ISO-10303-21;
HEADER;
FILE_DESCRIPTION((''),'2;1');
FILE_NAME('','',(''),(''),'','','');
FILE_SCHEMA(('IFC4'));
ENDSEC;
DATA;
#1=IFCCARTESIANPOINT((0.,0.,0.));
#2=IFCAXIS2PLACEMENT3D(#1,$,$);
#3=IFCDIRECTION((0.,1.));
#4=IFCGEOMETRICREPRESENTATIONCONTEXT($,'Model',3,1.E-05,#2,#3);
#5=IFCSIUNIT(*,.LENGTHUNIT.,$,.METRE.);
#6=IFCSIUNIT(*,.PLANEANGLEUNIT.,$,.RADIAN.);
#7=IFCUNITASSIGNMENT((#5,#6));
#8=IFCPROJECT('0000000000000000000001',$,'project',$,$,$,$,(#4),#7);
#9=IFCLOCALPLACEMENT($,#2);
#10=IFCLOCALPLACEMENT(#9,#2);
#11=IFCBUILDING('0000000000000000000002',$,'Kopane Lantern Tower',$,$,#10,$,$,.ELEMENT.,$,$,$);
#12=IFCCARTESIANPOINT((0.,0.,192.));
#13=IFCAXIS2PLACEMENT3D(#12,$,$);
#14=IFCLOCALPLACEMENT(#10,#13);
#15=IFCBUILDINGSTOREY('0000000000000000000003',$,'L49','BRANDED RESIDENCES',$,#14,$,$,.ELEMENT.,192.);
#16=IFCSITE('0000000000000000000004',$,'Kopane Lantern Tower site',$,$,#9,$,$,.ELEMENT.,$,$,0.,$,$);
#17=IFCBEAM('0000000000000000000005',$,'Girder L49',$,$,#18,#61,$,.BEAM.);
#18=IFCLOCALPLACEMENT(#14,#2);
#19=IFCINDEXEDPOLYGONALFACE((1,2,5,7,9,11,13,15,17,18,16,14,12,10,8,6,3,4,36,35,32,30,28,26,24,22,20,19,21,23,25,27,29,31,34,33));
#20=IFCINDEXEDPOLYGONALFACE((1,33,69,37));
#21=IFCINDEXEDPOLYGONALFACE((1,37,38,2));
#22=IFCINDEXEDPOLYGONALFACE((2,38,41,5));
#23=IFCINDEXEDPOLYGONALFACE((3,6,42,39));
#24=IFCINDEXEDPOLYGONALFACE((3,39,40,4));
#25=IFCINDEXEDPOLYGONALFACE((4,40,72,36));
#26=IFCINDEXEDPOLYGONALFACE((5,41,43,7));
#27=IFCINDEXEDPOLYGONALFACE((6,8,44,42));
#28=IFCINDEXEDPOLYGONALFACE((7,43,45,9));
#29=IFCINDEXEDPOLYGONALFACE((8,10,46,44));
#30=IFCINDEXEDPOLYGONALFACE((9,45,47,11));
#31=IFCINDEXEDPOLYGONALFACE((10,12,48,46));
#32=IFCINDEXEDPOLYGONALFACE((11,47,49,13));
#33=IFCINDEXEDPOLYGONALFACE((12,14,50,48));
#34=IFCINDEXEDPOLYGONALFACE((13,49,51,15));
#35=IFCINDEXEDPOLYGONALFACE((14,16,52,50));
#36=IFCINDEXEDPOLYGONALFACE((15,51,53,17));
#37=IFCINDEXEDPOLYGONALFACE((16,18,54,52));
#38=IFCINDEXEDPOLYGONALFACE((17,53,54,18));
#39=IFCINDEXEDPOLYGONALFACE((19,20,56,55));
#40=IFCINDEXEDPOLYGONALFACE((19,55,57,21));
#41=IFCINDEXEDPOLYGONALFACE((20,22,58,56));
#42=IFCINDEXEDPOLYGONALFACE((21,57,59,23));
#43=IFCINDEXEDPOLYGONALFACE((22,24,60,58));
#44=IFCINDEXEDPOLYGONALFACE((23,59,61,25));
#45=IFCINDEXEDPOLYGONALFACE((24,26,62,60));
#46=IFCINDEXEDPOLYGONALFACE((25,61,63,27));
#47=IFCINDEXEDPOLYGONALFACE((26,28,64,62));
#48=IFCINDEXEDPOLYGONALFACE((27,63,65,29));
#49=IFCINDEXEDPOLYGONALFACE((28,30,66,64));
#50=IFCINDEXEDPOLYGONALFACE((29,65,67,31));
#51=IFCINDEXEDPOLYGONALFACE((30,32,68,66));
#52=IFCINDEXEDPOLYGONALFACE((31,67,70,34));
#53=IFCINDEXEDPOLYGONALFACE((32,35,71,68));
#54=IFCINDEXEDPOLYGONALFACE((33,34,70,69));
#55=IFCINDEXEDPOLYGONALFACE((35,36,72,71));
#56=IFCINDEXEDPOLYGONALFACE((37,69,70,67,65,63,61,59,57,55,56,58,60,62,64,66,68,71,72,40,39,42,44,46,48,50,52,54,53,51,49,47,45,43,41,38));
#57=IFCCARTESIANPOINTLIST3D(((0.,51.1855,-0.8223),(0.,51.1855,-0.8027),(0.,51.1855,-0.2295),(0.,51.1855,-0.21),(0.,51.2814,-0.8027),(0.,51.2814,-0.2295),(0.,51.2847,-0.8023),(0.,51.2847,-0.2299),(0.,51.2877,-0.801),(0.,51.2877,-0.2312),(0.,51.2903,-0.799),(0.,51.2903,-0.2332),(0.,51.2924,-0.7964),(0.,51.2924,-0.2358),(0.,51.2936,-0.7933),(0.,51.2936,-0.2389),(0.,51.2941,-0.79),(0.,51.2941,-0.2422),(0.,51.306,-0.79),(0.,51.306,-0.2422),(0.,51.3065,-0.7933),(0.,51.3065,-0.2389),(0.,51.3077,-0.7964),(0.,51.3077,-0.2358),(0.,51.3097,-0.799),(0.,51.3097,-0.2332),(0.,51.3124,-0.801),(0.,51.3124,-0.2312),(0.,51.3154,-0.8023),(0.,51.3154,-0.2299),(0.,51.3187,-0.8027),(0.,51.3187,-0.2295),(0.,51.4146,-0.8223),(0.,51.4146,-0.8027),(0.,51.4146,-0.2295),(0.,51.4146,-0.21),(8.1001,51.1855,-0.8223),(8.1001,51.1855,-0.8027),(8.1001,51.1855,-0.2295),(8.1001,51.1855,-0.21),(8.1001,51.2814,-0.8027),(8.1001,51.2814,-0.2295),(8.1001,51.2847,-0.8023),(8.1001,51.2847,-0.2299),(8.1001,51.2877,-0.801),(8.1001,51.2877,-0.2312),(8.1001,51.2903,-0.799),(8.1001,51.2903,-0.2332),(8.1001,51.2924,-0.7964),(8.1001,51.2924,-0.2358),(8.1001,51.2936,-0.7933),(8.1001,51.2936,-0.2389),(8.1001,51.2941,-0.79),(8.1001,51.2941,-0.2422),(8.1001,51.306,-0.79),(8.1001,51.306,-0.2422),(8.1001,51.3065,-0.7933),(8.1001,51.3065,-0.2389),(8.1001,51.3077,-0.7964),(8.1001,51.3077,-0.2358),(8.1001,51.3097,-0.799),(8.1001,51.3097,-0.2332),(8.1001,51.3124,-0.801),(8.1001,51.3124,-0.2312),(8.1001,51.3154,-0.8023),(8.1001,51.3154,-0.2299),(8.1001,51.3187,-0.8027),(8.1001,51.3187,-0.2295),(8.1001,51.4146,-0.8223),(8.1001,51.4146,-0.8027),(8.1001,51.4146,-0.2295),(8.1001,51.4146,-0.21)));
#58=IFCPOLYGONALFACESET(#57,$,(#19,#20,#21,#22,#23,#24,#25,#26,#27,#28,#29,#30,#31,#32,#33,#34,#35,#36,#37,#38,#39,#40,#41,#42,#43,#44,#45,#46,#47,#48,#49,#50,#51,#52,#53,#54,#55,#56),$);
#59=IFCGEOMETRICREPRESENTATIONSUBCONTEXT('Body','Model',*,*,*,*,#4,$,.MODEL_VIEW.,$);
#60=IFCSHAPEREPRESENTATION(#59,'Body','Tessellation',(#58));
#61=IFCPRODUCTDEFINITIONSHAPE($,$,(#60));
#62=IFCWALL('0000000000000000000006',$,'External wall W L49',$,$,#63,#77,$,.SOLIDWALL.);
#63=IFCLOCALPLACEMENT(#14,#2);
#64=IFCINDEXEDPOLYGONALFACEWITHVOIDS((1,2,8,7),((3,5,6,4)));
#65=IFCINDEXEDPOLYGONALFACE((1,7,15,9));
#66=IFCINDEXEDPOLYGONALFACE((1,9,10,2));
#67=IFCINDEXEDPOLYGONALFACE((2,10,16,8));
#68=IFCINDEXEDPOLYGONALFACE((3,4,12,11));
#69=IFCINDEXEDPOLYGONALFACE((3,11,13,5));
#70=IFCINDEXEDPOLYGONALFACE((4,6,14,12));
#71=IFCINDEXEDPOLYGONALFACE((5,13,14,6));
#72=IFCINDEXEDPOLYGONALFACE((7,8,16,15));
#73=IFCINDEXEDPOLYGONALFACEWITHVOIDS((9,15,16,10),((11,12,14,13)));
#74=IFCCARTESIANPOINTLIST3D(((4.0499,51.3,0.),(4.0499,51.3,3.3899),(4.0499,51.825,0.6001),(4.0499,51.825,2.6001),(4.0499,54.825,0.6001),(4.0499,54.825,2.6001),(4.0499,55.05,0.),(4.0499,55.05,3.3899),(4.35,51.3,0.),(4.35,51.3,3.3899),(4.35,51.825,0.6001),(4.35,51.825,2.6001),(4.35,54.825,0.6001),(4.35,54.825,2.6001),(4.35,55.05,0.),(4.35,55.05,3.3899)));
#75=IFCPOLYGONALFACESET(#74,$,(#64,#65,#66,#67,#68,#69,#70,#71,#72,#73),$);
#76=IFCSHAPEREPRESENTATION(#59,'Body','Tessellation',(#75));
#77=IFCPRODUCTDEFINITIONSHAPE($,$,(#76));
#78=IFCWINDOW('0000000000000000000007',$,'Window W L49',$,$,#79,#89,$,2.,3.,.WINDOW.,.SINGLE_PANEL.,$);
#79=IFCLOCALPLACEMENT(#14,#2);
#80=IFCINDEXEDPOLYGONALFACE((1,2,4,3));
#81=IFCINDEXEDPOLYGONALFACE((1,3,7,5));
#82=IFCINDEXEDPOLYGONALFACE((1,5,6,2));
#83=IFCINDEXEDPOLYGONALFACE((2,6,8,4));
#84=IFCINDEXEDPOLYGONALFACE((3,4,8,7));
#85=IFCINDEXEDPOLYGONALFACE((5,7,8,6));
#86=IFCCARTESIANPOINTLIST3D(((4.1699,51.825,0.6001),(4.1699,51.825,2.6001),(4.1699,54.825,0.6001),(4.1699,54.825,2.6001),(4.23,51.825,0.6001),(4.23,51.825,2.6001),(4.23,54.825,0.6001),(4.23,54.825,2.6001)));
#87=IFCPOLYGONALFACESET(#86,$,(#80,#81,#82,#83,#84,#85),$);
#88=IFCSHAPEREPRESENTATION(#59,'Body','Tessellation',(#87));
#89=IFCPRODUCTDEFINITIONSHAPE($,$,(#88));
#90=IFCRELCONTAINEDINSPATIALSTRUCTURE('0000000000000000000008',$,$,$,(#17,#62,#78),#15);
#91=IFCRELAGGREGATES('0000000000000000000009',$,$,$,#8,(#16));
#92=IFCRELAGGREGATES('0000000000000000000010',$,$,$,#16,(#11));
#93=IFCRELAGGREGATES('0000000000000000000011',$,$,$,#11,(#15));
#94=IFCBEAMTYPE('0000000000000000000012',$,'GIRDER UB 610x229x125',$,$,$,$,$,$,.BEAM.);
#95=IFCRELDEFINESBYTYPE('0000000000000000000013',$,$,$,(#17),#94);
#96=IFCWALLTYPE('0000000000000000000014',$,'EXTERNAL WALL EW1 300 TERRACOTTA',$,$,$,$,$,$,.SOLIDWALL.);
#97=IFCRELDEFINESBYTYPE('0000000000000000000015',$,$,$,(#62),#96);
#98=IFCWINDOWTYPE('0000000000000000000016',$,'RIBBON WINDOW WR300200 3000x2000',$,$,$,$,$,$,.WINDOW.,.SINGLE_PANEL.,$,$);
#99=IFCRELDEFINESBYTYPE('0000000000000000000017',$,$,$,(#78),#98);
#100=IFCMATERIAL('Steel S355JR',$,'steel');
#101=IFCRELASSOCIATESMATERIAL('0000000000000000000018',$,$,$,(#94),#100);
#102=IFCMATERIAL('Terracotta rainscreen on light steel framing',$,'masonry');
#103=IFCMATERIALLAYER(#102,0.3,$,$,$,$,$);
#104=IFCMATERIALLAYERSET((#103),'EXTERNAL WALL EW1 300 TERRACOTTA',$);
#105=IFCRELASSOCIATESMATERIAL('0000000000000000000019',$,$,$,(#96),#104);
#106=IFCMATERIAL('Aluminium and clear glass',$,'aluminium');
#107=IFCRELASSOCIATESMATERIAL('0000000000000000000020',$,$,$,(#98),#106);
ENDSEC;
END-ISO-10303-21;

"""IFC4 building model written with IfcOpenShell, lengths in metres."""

from ifc_helpers import new_model, si_unit, direction, frame, frame_2d, origin, origin_2d, place, context, subcontext, project, spatial, rectangle, i_section, extrude, material, layer, layer_set, material_profile, profile_set, type_object, element, fill, save


model = new_model("IFC4")

# Units and contexts
model_context = context("Model", 3, precision=1e-05, world=origin(), true_north=direction((0.0, 1.0)))
body_context = subcontext(model_context, "Body", "Model", "MODEL_VIEW")
ifc_project = project(units=[si_unit("LENGTHUNIT", "METRE"), si_unit("PLANEANGLEUNIT", "RADIAN")], contexts=[model_context])

# Site, building, storey
site_placement = place(None, origin())
site = spatial("IfcSite", under=ifc_project, at=site_placement, Name="Kopane Lantern Tower site", CompositionType="ELEMENT", RefElevation=0.0)
building_placement = place(site_placement, origin())
building = spatial("IfcBuilding", under=site, at=building_placement, Name="Kopane Lantern Tower", CompositionType="ELEMENT")
storey_placement = place(building_placement, frame((0.0, 0.0, 192.0)))
storey = spatial("IfcBuildingStorey", under=building, at=storey_placement, Name="L49", Description="BRANDED RESIDENCES", CompositionType="ELEMENT", Elevation=192.0)

# Beam
ifc_material_1 = material(Name="Steel S355JR", Category="steel")
ifc_material_profile_1 = material_profile(ifc_material_1, i_section(OverallWidth=0.229, OverallDepth=0.6123, WebThickness=0.012, FlangeThickness=0.0195, FilletRadius=0.0127, at=origin_2d()), Name="UB 610x229x125")
ifc_profile_set_1 = profile_set([ifc_material_profile_1], Name="Steel S355JR")
beam_type_1 = type_object("IfcBeamType", Name="GIRDER UB 610x229x125", PredefinedType="BEAM", material=ifc_profile_set_1)
beam_1_placement = place(storey_placement, frame((0.0, 51.3, -0.5161), z_axis=(1.0, 0.0, 0.0), x_axis=(0.0, 1.0, 0.0)))
element("IfcBeam", 1, at=beam_1_placement, inside=storey, type_object=beam_type_1, Name="Girder L49", PredefinedType="BEAM", context=body_context, shape_type="SweptSolid", body=[
    extrude(i_section(OverallWidth=0.229, OverallDepth=0.6123, WebThickness=0.012, FlangeThickness=0.0195, FilletRadius=0.0127, at=origin_2d()), origin(), (0.0, 0.0, 1.0), 8.1001),
])

# Wall, opening, window
ifc_material_2 = material(Name="Terracotta rainscreen on light steel framing", Category="masonry")
ifc_layer = layer(ifc_material_2, 0.3)
ifc_layer_set = layer_set([ifc_layer], Name="EXTERNAL WALL EW1 300 TERRACOTTA")
wall_type = type_object("IfcWallType", Name="EXTERNAL WALL EW1 300 TERRACOTTA", PredefinedType="SOLIDWALL", material=ifc_layer_set)
wall_placement = place(storey_placement, frame((4.2, 55.05, 0.0), z_axis=(0.0, 0.0, 1.0), x_axis=(0.0, -1.0, 0.0)))
wall = element("IfcWall", 2, at=wall_placement, inside=storey, type_object=wall_type, Name="External wall W L49", PredefinedType="SOLIDWALL", context=body_context, shape_type="SweptSolid", body=[
    extrude(rectangle(XDim=3.75, YDim=0.3, at=frame_2d((1.875, 0.0))), origin(), (0.0, 0.0, 1.0), 3.3899),
])
opening_placement = place(wall_placement, frame((0.2251, 0.0, 0.6001)))
opening = element("IfcOpeningElement", 3, at=opening_placement, cuts=wall, PredefinedType="OPENING", context=body_context, shape_type="SweptSolid", body=[
    extrude(rectangle(XDim=3.0, YDim=2.0, at=frame_2d((1.5, 1.0))), frame((0.0, 0.1599, 0.0), z_axis=(0.0, -1.0, 0.0), x_axis=(1.0, 0.0, 0.0)), (0.0, 0.0, 1.0), 0.3201),
])
ifc_material_3 = material(Name="Aluminium and clear glass", Category="aluminium")
window_type = type_object("IfcWindowType", Name="RIBBON WINDOW WR300200 3000x2000", PartitioningType="SINGLE_PANEL", PredefinedType="WINDOW", material=ifc_material_3)
window_placement = place(opening_placement, origin())
window = element("IfcWindow", 4, at=window_placement, inside=storey, type_object=window_type, Name="Window W L49", OverallHeight=2.0, OverallWidth=3.0, PartitioningType="SINGLE_PANEL", PredefinedType="WINDOW", context=body_context, shape_type="SweptSolid", body=[
    extrude(rectangle(XDim=3.0, YDim=2.0, at=frame_2d((1.5, 1.0))), frame((0.0, 0.03, 0.0), z_axis=(0.0, -1.0, 0.0), x_axis=(1.0, 0.0, 0.0)), (0.0, 0.0, 1.0), 0.0601),
])
fill(opening, window)

save(model, "model.ifc")
